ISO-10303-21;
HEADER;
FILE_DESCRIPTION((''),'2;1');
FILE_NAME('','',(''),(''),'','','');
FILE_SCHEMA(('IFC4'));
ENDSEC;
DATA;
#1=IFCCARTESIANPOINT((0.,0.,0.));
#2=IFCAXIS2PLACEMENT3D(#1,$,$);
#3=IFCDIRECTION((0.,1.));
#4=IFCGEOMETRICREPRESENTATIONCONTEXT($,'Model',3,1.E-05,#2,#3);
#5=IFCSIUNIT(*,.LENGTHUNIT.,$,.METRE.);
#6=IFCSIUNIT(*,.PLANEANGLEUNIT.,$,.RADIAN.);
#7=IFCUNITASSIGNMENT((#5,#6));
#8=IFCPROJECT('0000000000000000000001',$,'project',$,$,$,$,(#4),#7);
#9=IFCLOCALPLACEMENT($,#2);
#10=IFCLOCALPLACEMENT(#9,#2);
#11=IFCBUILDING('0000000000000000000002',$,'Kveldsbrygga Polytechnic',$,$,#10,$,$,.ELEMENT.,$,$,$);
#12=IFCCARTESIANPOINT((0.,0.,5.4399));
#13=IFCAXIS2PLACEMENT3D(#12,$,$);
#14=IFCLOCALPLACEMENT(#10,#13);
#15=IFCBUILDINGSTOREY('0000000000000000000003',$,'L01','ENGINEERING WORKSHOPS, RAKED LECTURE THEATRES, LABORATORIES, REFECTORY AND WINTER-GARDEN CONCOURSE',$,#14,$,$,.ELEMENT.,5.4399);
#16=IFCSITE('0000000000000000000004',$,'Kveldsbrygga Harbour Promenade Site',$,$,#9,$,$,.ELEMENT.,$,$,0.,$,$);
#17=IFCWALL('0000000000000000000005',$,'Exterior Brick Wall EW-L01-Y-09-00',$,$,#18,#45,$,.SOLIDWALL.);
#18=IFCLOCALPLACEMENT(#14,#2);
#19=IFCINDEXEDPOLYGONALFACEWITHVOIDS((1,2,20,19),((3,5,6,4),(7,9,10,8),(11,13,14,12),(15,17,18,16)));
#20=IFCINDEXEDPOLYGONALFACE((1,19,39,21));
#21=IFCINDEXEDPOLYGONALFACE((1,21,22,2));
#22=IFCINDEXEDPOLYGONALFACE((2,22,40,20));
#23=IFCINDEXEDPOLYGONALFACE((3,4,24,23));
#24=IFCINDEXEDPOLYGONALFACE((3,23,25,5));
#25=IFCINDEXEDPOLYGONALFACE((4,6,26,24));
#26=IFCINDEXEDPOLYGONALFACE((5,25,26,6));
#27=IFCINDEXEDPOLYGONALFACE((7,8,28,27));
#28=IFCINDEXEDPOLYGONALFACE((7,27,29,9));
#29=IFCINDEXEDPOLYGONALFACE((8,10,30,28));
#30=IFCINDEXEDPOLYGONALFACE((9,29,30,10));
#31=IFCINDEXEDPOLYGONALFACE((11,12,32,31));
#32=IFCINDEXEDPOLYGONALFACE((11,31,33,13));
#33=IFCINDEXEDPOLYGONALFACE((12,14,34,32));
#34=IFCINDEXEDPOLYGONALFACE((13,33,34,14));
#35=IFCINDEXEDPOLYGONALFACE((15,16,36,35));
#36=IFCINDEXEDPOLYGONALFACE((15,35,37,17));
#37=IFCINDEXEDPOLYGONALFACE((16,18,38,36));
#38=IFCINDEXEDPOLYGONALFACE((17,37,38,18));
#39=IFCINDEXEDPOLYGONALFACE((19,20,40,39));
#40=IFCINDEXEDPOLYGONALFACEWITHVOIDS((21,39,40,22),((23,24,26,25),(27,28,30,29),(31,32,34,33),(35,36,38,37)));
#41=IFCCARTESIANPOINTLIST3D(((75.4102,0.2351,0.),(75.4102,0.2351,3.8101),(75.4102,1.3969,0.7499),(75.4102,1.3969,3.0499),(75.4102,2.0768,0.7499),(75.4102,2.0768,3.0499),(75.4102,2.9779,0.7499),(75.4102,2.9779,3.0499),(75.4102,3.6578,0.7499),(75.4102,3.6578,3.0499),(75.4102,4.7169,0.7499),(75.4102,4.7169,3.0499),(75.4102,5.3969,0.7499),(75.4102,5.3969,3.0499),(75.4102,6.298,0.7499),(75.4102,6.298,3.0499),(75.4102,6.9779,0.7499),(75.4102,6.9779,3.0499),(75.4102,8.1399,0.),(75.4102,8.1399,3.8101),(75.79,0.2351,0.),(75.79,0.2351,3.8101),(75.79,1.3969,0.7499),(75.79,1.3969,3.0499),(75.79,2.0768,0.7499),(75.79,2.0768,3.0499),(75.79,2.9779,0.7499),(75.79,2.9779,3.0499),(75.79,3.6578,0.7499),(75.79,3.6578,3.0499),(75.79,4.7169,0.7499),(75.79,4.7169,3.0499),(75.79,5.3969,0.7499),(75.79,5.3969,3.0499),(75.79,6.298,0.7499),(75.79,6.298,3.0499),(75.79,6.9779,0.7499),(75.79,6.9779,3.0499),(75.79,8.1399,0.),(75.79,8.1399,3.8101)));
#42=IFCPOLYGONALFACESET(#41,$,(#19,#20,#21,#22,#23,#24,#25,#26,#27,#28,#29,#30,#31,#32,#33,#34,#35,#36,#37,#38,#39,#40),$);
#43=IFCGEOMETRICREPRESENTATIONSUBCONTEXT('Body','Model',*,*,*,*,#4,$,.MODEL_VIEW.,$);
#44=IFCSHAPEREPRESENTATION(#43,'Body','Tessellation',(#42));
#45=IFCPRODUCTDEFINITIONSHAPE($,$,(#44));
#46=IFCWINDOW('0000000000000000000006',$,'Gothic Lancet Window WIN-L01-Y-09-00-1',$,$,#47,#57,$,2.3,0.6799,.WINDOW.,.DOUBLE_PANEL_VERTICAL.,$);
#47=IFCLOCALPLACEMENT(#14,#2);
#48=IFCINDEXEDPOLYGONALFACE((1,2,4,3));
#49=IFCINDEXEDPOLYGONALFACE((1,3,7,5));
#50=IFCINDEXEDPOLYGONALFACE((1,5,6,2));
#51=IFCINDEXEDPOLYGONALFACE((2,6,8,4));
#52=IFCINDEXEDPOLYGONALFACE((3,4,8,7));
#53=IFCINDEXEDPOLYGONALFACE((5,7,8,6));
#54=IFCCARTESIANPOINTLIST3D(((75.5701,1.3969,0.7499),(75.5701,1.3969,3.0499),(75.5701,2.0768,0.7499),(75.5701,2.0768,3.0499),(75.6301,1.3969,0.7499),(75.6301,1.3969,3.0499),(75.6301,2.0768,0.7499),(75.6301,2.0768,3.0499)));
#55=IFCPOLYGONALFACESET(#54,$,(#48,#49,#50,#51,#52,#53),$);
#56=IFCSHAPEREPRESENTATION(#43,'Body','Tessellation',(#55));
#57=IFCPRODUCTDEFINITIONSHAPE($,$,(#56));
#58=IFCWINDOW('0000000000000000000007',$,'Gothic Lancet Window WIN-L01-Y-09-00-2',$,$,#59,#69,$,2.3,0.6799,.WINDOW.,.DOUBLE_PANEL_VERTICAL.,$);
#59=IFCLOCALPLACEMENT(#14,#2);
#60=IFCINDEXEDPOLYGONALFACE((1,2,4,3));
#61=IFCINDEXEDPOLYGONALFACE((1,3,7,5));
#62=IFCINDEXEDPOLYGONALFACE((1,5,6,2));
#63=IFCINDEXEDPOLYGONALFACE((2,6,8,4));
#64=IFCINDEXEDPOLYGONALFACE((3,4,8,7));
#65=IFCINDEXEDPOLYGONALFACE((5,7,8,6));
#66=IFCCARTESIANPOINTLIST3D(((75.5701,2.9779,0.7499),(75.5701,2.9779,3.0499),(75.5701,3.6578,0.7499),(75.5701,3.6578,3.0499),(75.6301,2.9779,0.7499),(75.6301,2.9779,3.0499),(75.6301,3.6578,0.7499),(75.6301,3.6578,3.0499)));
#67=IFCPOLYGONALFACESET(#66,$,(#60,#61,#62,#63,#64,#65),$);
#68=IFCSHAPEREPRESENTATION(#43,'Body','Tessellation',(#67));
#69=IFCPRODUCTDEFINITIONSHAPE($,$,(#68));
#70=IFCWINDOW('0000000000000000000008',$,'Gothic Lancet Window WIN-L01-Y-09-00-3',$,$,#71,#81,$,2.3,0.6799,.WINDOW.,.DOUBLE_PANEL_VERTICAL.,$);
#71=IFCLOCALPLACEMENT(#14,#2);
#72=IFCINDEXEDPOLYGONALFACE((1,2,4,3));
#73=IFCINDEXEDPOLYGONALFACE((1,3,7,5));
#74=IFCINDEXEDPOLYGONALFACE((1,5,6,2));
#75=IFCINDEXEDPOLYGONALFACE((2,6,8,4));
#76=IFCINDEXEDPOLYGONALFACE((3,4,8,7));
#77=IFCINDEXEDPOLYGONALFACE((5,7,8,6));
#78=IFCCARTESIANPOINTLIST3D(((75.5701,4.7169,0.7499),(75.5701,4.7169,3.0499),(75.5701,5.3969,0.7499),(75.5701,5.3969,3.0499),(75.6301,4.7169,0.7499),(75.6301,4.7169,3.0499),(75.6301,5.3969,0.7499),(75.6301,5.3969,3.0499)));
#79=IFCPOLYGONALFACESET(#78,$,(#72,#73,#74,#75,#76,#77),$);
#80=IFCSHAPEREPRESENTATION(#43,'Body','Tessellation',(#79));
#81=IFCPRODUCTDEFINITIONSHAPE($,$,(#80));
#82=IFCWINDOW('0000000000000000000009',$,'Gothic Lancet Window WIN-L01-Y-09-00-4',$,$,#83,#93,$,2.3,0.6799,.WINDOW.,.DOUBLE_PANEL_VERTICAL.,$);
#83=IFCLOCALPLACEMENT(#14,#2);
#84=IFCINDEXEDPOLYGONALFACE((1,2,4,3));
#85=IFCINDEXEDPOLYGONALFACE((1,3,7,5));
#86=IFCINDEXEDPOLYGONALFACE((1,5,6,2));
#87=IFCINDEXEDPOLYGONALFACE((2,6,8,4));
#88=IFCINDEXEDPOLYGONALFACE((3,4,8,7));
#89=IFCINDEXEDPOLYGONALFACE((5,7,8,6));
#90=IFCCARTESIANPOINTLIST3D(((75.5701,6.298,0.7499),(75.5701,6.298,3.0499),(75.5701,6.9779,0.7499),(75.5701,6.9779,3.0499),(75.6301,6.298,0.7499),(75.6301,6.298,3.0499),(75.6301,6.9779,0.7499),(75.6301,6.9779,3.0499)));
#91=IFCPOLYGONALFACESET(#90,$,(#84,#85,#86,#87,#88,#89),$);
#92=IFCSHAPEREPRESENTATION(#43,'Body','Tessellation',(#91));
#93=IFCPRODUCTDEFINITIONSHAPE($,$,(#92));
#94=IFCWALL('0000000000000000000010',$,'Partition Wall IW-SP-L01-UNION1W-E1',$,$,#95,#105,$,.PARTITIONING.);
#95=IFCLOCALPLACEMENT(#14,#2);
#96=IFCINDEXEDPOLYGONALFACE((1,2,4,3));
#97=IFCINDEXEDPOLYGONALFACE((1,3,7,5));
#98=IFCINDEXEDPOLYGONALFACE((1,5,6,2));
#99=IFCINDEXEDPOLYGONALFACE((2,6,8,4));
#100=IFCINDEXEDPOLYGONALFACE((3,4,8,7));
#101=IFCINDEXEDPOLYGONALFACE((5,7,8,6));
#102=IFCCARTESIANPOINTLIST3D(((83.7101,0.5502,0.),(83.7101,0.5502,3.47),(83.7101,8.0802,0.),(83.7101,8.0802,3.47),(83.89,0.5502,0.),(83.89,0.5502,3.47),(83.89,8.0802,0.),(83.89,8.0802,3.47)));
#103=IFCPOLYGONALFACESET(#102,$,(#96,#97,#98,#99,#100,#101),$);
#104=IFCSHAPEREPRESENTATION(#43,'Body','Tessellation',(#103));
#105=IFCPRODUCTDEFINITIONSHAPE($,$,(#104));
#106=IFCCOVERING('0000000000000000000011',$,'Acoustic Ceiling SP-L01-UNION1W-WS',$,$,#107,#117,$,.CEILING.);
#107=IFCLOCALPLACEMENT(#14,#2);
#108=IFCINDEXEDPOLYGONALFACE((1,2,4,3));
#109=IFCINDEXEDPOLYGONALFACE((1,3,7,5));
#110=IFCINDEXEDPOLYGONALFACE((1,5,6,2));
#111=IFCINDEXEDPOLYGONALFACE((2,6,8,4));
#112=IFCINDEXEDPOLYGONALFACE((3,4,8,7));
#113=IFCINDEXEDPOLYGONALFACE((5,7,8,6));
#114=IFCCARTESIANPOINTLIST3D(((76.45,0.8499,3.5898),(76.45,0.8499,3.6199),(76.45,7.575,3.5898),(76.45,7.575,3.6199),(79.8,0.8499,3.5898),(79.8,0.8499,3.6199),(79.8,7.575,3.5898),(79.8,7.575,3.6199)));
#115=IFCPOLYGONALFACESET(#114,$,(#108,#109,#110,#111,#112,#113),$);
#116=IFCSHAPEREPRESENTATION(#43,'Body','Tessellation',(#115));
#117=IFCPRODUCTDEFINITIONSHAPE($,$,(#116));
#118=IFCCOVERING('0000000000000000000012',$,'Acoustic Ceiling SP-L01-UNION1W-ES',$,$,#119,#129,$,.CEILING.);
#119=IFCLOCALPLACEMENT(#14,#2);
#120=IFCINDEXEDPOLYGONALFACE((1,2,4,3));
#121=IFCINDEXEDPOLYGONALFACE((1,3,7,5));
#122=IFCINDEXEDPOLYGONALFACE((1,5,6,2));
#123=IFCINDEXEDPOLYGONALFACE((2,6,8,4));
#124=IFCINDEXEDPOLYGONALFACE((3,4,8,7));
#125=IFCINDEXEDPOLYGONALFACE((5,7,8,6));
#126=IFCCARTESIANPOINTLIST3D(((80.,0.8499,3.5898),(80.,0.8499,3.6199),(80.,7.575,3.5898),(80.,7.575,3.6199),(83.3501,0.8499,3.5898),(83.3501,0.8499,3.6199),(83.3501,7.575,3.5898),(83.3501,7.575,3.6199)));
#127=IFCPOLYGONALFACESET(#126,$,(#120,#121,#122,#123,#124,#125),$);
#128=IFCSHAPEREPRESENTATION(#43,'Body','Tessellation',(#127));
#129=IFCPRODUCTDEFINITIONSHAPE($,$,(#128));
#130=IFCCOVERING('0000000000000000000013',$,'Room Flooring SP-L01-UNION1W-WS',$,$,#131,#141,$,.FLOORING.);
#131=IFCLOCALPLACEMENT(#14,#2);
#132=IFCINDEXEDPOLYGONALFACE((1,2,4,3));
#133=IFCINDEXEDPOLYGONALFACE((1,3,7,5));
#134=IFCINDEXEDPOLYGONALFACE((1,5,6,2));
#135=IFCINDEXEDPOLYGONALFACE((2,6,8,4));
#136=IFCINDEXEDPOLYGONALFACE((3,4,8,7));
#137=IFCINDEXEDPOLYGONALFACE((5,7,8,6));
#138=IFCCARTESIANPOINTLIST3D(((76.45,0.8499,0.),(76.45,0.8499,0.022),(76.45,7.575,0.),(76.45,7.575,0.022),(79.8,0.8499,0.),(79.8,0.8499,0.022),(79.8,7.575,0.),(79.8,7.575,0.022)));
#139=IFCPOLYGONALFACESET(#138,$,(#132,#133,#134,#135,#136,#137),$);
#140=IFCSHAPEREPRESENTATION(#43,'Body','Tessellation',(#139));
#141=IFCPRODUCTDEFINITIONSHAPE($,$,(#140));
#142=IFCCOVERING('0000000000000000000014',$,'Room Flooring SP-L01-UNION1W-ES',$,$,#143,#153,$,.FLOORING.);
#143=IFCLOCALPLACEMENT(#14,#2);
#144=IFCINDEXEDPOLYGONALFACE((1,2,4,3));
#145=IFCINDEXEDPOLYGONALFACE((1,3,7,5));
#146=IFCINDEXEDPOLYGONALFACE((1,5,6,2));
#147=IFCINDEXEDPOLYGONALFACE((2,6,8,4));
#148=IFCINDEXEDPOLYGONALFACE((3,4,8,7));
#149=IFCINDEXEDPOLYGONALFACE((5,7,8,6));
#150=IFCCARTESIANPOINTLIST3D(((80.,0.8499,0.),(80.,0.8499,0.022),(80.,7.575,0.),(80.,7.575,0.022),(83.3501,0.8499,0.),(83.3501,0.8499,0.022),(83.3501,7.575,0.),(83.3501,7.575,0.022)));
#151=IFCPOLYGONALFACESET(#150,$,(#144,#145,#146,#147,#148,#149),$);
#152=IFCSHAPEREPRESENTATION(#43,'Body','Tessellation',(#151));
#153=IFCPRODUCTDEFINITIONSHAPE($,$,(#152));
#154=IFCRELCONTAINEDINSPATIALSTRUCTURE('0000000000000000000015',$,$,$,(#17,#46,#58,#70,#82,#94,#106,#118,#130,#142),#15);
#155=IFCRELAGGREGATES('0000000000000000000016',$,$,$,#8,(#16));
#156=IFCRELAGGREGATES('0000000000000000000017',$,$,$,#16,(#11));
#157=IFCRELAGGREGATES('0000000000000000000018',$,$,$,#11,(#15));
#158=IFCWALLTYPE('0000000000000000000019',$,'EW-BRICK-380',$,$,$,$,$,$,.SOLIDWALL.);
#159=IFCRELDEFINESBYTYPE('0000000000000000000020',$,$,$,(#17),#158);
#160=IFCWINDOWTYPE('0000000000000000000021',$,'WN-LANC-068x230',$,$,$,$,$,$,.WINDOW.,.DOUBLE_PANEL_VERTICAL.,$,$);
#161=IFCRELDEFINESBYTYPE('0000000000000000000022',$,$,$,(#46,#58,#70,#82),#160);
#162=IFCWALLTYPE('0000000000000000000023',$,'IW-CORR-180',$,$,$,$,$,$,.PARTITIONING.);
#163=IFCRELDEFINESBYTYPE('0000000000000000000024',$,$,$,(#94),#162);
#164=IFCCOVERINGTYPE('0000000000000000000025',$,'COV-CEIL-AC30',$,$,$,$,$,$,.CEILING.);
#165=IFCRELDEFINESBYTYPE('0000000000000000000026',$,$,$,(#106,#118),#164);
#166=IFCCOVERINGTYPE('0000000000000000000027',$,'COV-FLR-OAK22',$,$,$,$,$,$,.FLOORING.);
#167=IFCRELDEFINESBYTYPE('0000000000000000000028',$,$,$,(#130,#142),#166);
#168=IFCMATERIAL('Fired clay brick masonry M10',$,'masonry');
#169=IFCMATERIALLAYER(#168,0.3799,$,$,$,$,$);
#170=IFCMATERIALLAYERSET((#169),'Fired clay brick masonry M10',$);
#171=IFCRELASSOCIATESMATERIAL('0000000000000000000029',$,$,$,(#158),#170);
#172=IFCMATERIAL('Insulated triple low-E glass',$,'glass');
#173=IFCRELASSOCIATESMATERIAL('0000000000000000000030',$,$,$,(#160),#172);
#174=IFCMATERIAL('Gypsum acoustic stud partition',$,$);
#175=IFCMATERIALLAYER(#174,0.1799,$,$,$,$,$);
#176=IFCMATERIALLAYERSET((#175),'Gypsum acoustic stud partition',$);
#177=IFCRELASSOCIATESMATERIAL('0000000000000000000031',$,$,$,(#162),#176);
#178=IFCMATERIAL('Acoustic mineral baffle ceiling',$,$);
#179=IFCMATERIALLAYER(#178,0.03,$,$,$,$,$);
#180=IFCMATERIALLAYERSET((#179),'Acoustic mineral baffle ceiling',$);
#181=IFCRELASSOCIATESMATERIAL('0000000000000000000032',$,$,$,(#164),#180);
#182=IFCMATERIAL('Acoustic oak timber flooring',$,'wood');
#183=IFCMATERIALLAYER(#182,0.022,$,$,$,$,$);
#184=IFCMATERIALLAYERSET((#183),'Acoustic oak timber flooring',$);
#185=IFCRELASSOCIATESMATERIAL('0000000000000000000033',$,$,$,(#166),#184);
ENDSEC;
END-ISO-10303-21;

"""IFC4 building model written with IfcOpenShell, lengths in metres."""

from ifc_helpers import new_model, si_unit, direction, frame, frame_2d, origin, origin_2d, place, context, subcontext, project, spatial, rectangle, extrude, material, layer, layer_set, type_object, element, fill, save


model = new_model("IFC4")

# Units and contexts
model_context = context("Model", 3, precision=1e-05, world=origin(), true_north=direction((0.0, 1.0)))
body_context = subcontext(model_context, "Body", "Model", "MODEL_VIEW")
ifc_project = project(units=[si_unit("LENGTHUNIT", "METRE"), si_unit("PLANEANGLEUNIT", "RADIAN")], contexts=[model_context])

# Site, building, storey
site_placement = place(None, origin())
site = spatial("IfcSite", under=ifc_project, at=site_placement, Name="Kveldsbrygga Harbour Promenade Site", CompositionType="ELEMENT", RefElevation=0.0)
building_placement = place(site_placement, origin())
building = spatial("IfcBuilding", under=site, at=building_placement, Name="Kveldsbrygga Polytechnic", CompositionType="ELEMENT")
storey_placement = place(building_placement, frame((0.0, 0.0, 5.4399)))
storey = spatial("IfcBuildingStorey", under=building, at=storey_placement, Name="L01", Description="ENGINEERING WORKSHOPS, RAKED LECTURE THEATRES, LABORATORIES, REFECTORY AND WINTER-GARDEN CONCOURSE", CompositionType="ELEMENT", Elevation=5.4399)

# Wall, openings, windows
ifc_material_1 = material(Name="Fired clay brick masonry M10", Category="masonry")
ifc_layer_1 = layer(ifc_material_1, 0.3799)
ifc_layer_set_1 = layer_set([ifc_layer_1], Name="Fired clay brick masonry M10")
wall_type_1 = type_object("IfcWallType", Name="EW-BRICK-380", PredefinedType="SOLIDWALL", material=ifc_layer_set_1)
ifc_material_2 = material(Name="Insulated triple low-E glass", Category="glass")
window_type = type_object("IfcWindowType", Name="WN-LANC-068x230", PartitioningType="DOUBLE_PANEL_VERTICAL", PredefinedType="WINDOW", material=ifc_material_2)
wall_1_placement = place(storey_placement, frame((75.6001, 0.2351, 0.0), z_axis=(0.0, 0.0, 1.0), x_axis=(0.0, 1.0, 0.0)))
wall_1 = element("IfcWall", 1, at=wall_1_placement, inside=storey, type_object=wall_type_1, Name="Exterior Brick Wall EW-L01-Y-09-00", PredefinedType="SOLIDWALL", context=body_context, shape_type="SweptSolid", body=[
    extrude(rectangle(XDim=7.9048, YDim=0.3799, at=frame_2d((3.9524, 0.0))), origin(), (0.0, 0.0, 1.0), 3.8101),
])
opening_1_placement = place(wall_1_placement, frame((1.1619, 0.0, 0.75)))
opening_1 = element("IfcOpeningElement", 2, at=opening_1_placement, cuts=wall_1, PredefinedType="OPENING", context=body_context, shape_type="SweptSolid", body=[
    extrude(rectangle(XDim=0.6799, YDim=2.3, at=frame_2d((0.3398, 1.1499))), frame((0.0, 0.2, 0.0), z_axis=(0.0, -1.0, 0.0), x_axis=(1.0, 0.0, 0.0)), (0.0, 0.0, 1.0), 0.3999),
])
opening_2_placement = place(wall_1_placement, frame((2.7429, 0.0, 0.75)))
opening_2 = element("IfcOpeningElement", 3, at=opening_2_placement, cuts=wall_1, PredefinedType="OPENING", context=body_context, shape_type="SweptSolid", body=[
    extrude(rectangle(XDim=0.6799, YDim=2.3, at=frame_2d((0.3398, 1.1499))), frame((0.0, 0.2, 0.0), z_axis=(0.0, -1.0, 0.0), x_axis=(1.0, 0.0, 0.0)), (0.0, 0.0, 1.0), 0.3999),
])
opening_3_placement = place(wall_1_placement, frame((4.4819, 0.0, 0.75)))
opening_3 = element("IfcOpeningElement", 4, at=opening_3_placement, cuts=wall_1, PredefinedType="OPENING", context=body_context, shape_type="SweptSolid", body=[
    extrude(rectangle(XDim=0.6799, YDim=2.3, at=frame_2d((0.3398, 1.1499))), frame((0.0, 0.2, 0.0), z_axis=(0.0, -1.0, 0.0), x_axis=(1.0, 0.0, 0.0)), (0.0, 0.0, 1.0), 0.3999),
])
opening_4_placement = place(wall_1_placement, frame((6.063, 0.0, 0.75)))
opening_4 = element("IfcOpeningElement", 5, at=opening_4_placement, cuts=wall_1, PredefinedType="OPENING", context=body_context, shape_type="SweptSolid", body=[
    extrude(rectangle(XDim=0.6799, YDim=2.3, at=frame_2d((0.3398, 1.1499))), frame((0.0, 0.2, 0.0), z_axis=(0.0, -1.0, 0.0), x_axis=(1.0, 0.0, 0.0)), (0.0, 0.0, 1.0), 0.3999),
])
window_1_placement = place(opening_1_placement, origin())
window_1 = element("IfcWindow", 6, at=window_1_placement, inside=storey, type_object=window_type, Name="Gothic Lancet Window WIN-L01-Y-09-00-1", OverallHeight=2.3, OverallWidth=0.6799, PartitioningType="DOUBLE_PANEL_VERTICAL", PredefinedType="WINDOW", context=body_context, shape_type="SweptSolid", body=[
    extrude(rectangle(XDim=0.6799, YDim=2.3, at=frame_2d((0.3398, 1.1499))), frame((0.0, 0.03, 0.0), z_axis=(0.0, -1.0, 0.0), x_axis=(1.0, 0.0, 0.0)), (0.0, 0.0, 1.0), 0.0601),
])
fill(opening_1, window_1)
window_2_placement = place(opening_2_placement, origin())
window_2 = element("IfcWindow", 7, at=window_2_placement, inside=storey, type_object=window_type, Name="Gothic Lancet Window WIN-L01-Y-09-00-2", OverallHeight=2.3, OverallWidth=0.6799, PartitioningType="DOUBLE_PANEL_VERTICAL", PredefinedType="WINDOW", context=body_context, shape_type="SweptSolid", body=[
    extrude(rectangle(XDim=0.6799, YDim=2.3, at=frame_2d((0.3398, 1.1499))), frame((0.0, 0.03, 0.0), z_axis=(0.0, -1.0, 0.0), x_axis=(1.0, 0.0, 0.0)), (0.0, 0.0, 1.0), 0.0601),
])
fill(opening_2, window_2)
window_3_placement = place(opening_3_placement, origin())
window_3 = element("IfcWindow", 8, at=window_3_placement, inside=storey, type_object=window_type, Name="Gothic Lancet Window WIN-L01-Y-09-00-3", OverallHeight=2.3, OverallWidth=0.6799, PartitioningType="DOUBLE_PANEL_VERTICAL", PredefinedType="WINDOW", context=body_context, shape_type="SweptSolid", body=[
    extrude(rectangle(XDim=0.6799, YDim=2.3, at=frame_2d((0.3398, 1.1499))), frame((0.0, 0.03, 0.0), z_axis=(0.0, -1.0, 0.0), x_axis=(1.0, 0.0, 0.0)), (0.0, 0.0, 1.0), 0.0601),
])
fill(opening_3, window_3)
window_4_placement = place(opening_4_placement, origin())
window_4 = element("IfcWindow", 9, at=window_4_placement, inside=storey, type_object=window_type, Name="Gothic Lancet Window WIN-L01-Y-09-00-4", OverallHeight=2.3, OverallWidth=0.6799, PartitioningType="DOUBLE_PANEL_VERTICAL", PredefinedType="WINDOW", context=body_context, shape_type="SweptSolid", body=[
    extrude(rectangle(XDim=0.6799, YDim=2.3, at=frame_2d((0.3398, 1.1499))), frame((0.0, 0.03, 0.0), z_axis=(0.0, -1.0, 0.0), x_axis=(1.0, 0.0, 0.0)), (0.0, 0.0, 1.0), 0.0601),
])
fill(opening_4, window_4)

# Wall
ifc_material_3 = material(Name="Gypsum acoustic stud partition")
ifc_layer_2 = layer(ifc_material_3, 0.1799)
ifc_layer_set_2 = layer_set([ifc_layer_2], Name="Gypsum acoustic stud partition")
wall_type_2 = type_object("IfcWallType", Name="IW-CORR-180", PredefinedType="PARTITIONING", material=ifc_layer_set_2)
wall_2_placement = place(storey_placement, frame((83.8, 0.55, 0.0), z_axis=(0.0, 0.0, 1.0), x_axis=(0.0, 1.0, 0.0)))
element("IfcWall", 10, at=wall_2_placement, inside=storey, type_object=wall_type_2, Name="Partition Wall IW-SP-L01-UNION1W-E1", PredefinedType="PARTITIONING", context=body_context, shape_type="SweptSolid", body=[
    extrude(rectangle(XDim=7.53, YDim=0.1799, at=frame_2d((3.7651, 0.0))), origin(), (0.0, 0.0, 1.0), 3.47),
])

# Coverings
ifc_material_4 = material(Name="Acoustic mineral baffle ceiling")
ifc_layer_3 = layer(ifc_material_4, 0.03)
ifc_layer_set_3 = layer_set([ifc_layer_3], Name="Acoustic mineral baffle ceiling")
covering_type_1 = type_object("IfcCoveringType", Name="COV-CEIL-AC30", PredefinedType="CEILING", material=ifc_layer_set_3)
for number, where, z_axis, x_axis, name in (
    (11, (78.125, 4.2124, 3.5898), (0.0, 0.0, 1.0), (1.0, 0.0, 0.0), "Acoustic Ceiling SP-L01-UNION1W-WS"),
    (12, (81.675, 4.2124, 3.5898), (0.0, 0.0, 1.0), (1.0, 0.0, 0.0), "Acoustic Ceiling SP-L01-UNION1W-ES"),
):
    element("IfcCovering", number, at=place(storey_placement, frame(where, z_axis=z_axis, x_axis=x_axis)), inside=storey, type_object=covering_type_1, Name=name, PredefinedType="CEILING", context=body_context, shape_type="SweptSolid", body=[
        extrude(rectangle(XDim=3.3501, YDim=6.7251, at=origin_2d()), origin(), (0.0, 0.0, 1.0), 0.03),
    ])
ifc_material_5 = material(Name="Acoustic oak timber flooring", Category="wood")
ifc_layer_4 = layer(ifc_material_5, 0.022)
ifc_layer_set_4 = layer_set([ifc_layer_4], Name="Acoustic oak timber flooring")
covering_type_2 = type_object("IfcCoveringType", Name="COV-FLR-OAK22", PredefinedType="FLOORING", material=ifc_layer_set_4)
for number, where, z_axis, x_axis, name in (
    (13, (78.125, 4.2124, 0.0), (0.0, 0.0, 1.0), (1.0, 0.0, 0.0), "Room Flooring SP-L01-UNION1W-WS"),
    (14, (81.675, 4.2124, 0.0), (0.0, 0.0, 1.0), (1.0, 0.0, 0.0), "Room Flooring SP-L01-UNION1W-ES"),
):
    element("IfcCovering", number, at=place(storey_placement, frame(where, z_axis=z_axis, x_axis=x_axis)), inside=storey, type_object=covering_type_2, Name=name, PredefinedType="FLOORING", context=body_context, shape_type="SweptSolid", body=[
        extrude(rectangle(XDim=3.3501, YDim=6.7251, at=origin_2d()), origin(), (0.0, 0.0, 1.0), 0.022),
    ])

save(model, "model.ifc")
